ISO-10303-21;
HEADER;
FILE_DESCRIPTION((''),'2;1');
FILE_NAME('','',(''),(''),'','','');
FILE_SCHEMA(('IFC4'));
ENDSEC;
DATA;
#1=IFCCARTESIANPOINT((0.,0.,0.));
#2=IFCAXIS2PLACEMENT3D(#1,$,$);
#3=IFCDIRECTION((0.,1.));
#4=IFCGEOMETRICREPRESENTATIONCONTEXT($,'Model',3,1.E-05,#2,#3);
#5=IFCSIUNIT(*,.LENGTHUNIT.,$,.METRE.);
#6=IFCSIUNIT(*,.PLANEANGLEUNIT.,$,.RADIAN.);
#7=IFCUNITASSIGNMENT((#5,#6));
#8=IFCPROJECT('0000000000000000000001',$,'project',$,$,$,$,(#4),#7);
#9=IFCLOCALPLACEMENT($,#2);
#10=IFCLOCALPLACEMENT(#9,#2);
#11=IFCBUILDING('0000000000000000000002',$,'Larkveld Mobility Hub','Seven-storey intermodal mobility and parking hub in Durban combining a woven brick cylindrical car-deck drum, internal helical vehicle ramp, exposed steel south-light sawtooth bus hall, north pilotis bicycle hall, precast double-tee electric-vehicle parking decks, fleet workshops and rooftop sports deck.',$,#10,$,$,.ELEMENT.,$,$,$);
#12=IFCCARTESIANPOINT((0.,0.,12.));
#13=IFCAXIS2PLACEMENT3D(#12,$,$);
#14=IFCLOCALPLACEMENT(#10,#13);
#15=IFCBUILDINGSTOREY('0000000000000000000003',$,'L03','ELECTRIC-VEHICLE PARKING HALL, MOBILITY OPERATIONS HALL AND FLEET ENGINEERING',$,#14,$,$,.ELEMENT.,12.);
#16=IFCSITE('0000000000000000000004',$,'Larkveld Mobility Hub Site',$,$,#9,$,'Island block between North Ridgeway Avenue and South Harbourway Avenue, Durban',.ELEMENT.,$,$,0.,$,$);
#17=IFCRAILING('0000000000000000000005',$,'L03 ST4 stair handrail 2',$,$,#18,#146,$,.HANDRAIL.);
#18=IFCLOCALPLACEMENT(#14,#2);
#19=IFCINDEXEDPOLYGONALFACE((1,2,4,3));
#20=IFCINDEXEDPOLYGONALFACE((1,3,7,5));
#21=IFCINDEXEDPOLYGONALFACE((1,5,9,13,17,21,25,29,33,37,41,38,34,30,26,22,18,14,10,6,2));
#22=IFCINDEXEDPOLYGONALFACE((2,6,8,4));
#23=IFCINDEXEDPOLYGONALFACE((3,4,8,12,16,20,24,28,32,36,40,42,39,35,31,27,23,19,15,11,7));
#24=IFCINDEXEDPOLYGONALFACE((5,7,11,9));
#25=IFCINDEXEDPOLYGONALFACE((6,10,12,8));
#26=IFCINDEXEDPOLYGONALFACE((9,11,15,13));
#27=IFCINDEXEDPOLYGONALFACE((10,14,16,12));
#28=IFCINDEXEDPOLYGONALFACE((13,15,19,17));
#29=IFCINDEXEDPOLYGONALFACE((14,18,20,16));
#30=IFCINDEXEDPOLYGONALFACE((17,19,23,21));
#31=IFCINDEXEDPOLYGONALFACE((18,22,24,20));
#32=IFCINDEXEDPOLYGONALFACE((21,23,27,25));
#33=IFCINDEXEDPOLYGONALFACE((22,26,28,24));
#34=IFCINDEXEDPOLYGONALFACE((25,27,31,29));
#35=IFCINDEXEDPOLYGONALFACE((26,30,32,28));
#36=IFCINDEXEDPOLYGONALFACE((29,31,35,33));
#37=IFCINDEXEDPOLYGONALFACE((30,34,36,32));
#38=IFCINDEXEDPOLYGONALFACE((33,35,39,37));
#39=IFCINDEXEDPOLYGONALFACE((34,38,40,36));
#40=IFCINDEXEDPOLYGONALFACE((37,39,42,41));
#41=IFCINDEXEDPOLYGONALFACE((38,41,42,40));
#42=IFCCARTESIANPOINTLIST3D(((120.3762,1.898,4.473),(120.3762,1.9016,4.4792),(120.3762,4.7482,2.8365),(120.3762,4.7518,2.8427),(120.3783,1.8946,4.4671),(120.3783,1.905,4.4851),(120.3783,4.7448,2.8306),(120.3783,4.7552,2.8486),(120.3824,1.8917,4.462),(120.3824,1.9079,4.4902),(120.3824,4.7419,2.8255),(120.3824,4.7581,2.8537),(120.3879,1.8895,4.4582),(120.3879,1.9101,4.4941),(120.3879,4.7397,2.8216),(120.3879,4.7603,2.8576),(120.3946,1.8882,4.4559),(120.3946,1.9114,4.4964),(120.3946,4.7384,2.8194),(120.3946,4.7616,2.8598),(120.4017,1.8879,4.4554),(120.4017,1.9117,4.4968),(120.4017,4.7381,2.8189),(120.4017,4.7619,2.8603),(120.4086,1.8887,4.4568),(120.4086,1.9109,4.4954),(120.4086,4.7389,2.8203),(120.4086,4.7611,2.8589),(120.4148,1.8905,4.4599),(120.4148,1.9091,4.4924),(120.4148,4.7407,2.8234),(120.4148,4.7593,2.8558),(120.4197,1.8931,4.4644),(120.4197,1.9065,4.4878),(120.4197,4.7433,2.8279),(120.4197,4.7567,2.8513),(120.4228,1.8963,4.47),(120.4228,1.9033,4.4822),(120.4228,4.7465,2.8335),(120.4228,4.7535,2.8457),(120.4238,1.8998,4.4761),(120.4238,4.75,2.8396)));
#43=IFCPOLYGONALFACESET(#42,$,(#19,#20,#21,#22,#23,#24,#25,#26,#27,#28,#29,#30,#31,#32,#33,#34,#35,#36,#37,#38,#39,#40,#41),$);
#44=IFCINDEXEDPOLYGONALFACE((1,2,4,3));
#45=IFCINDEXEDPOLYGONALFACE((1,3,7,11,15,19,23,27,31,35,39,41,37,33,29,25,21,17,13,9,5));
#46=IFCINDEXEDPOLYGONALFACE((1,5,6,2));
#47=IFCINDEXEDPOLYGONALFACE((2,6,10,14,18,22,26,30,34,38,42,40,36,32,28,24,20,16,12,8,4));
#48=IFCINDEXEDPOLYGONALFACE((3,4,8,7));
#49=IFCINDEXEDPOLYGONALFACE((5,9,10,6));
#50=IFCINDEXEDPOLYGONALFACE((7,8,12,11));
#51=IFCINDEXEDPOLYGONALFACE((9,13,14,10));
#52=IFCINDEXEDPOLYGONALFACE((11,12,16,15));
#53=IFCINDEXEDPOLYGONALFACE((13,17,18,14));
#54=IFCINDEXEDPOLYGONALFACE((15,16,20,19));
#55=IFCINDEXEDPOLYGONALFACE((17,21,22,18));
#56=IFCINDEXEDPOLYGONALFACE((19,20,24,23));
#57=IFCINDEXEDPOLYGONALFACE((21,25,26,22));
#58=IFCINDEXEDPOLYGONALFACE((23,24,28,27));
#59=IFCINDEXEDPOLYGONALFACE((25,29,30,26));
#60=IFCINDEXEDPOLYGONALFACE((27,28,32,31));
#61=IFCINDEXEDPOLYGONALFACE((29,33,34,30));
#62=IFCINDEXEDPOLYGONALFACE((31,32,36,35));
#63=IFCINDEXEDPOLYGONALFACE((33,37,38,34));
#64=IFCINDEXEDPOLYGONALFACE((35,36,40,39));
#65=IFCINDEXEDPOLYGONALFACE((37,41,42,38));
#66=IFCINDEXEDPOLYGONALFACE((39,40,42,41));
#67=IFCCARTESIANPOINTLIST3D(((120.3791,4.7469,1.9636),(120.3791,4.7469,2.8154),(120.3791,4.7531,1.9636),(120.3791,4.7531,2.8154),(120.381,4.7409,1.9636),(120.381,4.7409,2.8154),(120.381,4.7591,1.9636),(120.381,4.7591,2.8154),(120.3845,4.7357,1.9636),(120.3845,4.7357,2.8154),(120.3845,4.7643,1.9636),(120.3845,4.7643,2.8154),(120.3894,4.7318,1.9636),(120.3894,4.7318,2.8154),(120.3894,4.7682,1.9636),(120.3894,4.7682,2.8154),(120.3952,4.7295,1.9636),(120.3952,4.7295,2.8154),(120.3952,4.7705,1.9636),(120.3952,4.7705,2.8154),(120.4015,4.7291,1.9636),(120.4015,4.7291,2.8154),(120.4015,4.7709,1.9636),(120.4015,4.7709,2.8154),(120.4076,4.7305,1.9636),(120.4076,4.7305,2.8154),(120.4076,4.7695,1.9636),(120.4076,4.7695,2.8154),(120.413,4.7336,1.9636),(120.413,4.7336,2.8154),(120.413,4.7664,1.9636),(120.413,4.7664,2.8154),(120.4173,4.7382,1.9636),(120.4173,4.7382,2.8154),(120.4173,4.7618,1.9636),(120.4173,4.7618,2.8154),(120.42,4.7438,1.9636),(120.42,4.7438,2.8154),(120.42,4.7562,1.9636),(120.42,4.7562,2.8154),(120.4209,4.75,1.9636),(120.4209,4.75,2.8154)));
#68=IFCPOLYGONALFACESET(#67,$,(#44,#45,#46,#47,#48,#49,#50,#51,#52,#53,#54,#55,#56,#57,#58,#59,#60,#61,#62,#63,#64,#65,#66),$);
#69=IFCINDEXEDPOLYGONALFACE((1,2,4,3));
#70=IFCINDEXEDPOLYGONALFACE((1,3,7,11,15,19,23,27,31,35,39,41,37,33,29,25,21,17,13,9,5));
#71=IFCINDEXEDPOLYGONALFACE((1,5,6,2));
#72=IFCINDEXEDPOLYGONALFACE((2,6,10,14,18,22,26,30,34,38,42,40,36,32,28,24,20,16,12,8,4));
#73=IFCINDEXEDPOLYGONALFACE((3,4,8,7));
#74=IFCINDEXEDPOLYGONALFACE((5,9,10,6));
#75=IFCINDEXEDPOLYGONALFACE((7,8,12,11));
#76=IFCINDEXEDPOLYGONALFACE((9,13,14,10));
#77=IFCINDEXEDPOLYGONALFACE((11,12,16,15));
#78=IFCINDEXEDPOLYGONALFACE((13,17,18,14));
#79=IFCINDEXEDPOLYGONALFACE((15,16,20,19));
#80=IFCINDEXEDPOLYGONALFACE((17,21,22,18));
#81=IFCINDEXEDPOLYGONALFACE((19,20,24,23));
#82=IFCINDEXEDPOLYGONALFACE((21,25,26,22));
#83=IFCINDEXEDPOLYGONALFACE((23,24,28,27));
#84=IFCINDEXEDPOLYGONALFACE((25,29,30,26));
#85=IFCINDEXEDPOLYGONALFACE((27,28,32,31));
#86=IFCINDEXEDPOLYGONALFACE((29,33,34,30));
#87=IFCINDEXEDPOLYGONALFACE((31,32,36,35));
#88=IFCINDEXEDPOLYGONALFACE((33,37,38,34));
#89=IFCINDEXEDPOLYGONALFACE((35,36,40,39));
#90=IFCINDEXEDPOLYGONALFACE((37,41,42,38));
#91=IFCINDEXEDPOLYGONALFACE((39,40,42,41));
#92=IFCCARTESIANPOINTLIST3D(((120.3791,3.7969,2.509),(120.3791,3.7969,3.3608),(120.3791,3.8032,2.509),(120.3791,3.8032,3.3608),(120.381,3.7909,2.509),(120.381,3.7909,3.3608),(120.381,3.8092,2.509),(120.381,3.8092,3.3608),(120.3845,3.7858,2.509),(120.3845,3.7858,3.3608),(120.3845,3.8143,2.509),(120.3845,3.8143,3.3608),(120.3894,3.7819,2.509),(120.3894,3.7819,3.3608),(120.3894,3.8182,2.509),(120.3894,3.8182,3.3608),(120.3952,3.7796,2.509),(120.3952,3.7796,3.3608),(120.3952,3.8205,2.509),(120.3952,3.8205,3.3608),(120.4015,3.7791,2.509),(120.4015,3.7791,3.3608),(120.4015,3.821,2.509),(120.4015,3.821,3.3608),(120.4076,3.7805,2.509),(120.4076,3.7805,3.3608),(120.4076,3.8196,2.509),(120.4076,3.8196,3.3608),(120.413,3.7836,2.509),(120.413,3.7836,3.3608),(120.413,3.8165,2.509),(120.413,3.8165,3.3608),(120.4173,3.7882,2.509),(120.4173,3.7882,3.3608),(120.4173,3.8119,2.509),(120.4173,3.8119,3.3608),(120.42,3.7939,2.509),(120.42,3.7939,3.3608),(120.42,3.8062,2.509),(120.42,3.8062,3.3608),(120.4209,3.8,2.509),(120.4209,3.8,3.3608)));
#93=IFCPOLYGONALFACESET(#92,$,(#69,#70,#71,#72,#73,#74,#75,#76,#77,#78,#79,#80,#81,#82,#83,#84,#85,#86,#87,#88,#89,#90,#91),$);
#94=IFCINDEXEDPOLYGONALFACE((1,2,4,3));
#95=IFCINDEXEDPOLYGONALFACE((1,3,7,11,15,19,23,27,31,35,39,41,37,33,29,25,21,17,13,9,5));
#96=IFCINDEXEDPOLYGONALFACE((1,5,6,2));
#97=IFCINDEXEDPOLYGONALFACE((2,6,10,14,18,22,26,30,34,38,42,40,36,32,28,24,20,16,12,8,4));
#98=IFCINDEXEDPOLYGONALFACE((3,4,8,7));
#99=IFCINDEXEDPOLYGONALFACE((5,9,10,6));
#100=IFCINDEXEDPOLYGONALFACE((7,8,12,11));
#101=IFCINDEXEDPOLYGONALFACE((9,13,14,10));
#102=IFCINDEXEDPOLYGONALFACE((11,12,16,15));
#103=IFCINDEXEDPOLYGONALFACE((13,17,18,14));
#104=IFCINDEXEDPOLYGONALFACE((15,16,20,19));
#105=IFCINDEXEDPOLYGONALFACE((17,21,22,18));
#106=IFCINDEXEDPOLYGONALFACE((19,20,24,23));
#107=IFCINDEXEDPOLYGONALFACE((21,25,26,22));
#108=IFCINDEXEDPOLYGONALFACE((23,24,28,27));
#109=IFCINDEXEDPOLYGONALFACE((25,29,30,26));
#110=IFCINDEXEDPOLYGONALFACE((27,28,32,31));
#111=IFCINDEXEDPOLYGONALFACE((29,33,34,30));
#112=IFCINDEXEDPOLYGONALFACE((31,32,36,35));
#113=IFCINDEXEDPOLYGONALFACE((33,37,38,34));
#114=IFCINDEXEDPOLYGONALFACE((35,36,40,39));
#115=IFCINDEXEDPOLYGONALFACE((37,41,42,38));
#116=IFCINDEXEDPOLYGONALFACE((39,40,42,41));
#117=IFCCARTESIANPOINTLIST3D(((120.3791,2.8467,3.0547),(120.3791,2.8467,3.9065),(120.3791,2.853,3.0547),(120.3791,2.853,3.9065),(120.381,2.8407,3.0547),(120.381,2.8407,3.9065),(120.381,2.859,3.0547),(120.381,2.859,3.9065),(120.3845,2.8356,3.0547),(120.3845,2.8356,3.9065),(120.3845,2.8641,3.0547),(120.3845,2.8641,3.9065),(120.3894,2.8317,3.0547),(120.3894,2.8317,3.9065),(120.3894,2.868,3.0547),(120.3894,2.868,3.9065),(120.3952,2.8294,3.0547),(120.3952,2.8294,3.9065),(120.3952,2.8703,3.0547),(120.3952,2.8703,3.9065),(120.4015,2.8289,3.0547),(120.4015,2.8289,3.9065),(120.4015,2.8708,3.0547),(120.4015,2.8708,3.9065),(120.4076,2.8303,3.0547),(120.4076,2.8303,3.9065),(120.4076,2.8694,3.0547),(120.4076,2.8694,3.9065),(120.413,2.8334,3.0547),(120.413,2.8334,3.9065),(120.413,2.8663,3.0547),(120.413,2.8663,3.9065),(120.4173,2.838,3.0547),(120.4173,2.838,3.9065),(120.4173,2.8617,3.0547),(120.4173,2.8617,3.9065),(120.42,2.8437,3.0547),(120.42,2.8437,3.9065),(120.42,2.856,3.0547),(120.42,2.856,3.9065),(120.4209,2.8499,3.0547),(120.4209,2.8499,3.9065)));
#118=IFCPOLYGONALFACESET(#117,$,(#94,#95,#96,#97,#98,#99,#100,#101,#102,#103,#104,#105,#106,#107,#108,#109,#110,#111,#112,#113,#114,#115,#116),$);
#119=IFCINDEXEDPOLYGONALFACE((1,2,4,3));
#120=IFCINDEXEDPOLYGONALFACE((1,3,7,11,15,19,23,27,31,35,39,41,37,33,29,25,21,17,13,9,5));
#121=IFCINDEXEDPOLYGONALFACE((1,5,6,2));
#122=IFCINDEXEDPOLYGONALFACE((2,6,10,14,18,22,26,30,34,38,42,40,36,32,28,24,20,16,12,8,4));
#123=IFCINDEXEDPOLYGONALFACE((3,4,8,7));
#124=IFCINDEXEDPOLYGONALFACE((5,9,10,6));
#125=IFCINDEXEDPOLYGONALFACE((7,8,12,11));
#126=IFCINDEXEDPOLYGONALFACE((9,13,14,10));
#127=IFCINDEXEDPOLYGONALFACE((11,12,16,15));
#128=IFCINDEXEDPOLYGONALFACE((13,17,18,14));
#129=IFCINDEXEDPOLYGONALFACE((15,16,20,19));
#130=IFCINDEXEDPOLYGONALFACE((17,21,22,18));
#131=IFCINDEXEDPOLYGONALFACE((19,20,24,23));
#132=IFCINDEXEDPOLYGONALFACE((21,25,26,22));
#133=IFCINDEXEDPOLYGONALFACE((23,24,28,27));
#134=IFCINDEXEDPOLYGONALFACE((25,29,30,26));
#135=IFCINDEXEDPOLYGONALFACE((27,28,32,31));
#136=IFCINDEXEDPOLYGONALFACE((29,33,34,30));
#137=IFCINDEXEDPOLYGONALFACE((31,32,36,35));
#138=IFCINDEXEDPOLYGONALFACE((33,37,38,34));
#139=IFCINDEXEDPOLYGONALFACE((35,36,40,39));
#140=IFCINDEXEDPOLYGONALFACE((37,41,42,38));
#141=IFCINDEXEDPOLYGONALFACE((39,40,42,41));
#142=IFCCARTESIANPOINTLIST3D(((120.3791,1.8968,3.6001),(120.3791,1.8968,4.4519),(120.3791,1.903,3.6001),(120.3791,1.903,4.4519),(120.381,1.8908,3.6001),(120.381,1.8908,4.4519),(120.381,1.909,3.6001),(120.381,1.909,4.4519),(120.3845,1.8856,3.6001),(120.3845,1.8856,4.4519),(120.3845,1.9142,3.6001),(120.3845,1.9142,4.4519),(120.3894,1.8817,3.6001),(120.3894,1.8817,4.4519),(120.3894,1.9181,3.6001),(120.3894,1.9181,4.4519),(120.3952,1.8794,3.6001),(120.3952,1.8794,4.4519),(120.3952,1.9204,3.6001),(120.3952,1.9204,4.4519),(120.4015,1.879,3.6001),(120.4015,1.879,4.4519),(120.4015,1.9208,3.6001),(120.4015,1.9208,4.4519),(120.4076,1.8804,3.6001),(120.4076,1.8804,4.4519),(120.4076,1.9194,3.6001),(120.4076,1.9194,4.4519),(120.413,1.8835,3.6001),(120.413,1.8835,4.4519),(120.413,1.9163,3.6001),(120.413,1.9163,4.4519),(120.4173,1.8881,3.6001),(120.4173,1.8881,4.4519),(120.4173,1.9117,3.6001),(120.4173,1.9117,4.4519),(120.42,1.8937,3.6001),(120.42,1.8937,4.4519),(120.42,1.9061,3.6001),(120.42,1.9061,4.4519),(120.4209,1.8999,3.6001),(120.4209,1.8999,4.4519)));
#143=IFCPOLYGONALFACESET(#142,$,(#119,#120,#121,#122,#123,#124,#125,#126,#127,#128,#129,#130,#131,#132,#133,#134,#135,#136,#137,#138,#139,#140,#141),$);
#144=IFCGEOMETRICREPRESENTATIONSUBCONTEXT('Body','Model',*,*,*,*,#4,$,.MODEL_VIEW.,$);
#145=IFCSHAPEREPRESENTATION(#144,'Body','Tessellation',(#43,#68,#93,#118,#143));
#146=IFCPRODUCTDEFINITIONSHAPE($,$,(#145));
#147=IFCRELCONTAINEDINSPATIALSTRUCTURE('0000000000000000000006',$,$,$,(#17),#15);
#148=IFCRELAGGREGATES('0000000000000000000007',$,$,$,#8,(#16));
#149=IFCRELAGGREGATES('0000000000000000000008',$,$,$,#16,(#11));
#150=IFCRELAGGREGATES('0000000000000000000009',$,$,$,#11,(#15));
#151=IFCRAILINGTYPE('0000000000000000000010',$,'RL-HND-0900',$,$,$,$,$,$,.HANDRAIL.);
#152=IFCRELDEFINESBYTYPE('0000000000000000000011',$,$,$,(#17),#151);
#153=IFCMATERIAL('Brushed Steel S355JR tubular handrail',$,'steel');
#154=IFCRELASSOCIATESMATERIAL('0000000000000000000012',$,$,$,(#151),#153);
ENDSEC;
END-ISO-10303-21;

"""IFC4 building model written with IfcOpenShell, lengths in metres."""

from ifc_helpers import new_model, si_unit, direction, frame, origin, origin_2d, place, context, subcontext, project, spatial, circle, extrude, material, type_object, element, save


model = new_model("IFC4")

# Units and contexts
model_context = context("Model", 3, precision=1e-05, world=origin(), true_north=direction((0.0, 1.0)))
body_context = subcontext(model_context, "Body", "Model", "MODEL_VIEW")
ifc_project = project(units=[si_unit("LENGTHUNIT", "METRE"), si_unit("PLANEANGLEUNIT", "RADIAN")], contexts=[model_context])

# Site, building, storey
site_placement = place(None, origin())
site = spatial("IfcSite", under=ifc_project, at=site_placement, Name="Larkveld Mobility Hub Site", LongName="Island block between North Ridgeway Avenue and South Harbourway Avenue, Durban", CompositionType="ELEMENT", RefElevation=0.0)
building_placement = place(site_placement, origin())
building = spatial("IfcBuilding", under=site, at=building_placement, Name="Larkveld Mobility Hub", Description="Seven-storey intermodal mobility and parking hub in Durban combining a woven brick cylindrical car-deck drum, internal helical vehicle ramp, exposed steel south-light sawtooth bus hall, north pilotis bicycle hall, precast double-tee electric-vehicle parking decks, fleet workshops and rooftop sports deck.", CompositionType="ELEMENT")
storey_placement = place(building_placement, frame((0.0, 0.0, 12.0)))
storey = spatial("IfcBuildingStorey", under=building, at=storey_placement, Name="L03", Description="ELECTRIC-VEHICLE PARKING HALL, MOBILITY OPERATIONS HALL AND FLEET ENGINEERING", CompositionType="ELEMENT", Elevation=12.0)

# Railing
ifc_material_1 = material(Name="Brushed Steel S355JR tubular handrail", Category="steel")
railing_type_1 = type_object("IfcRailingType", Name="RL-HND-0900", PredefinedType="HANDRAIL", material=ifc_material_1)
railing_1_placement = place(storey_placement, frame((120.3999, 4.75, 1.9636)))
element("IfcRailing", 1, at=railing_1_placement, inside=storey, type_object=railing_type_1, Name="L03 ST4 stair handrail 2", PredefinedType="HANDRAIL", context=body_context, shape_type="SweptSolid", body=[
    extrude(circle(Radius=0.0239, at=origin_2d()), frame((0.0, 0.0, 0.876), z_axis=(0.0, -0.867213, 0.497938), x_axis=(1.0, 0.0, 0.0)), (0.0, 0.0, 1.0), 3.2866),
    extrude(circle(Radius=0.021, at=origin_2d()), origin(), (0.0, 0.0, 1.0), 0.8518),
    extrude(circle(Radius=0.021, at=origin_2d()), frame((0.0, -0.95, 0.5454)), (0.0, 0.0, 1.0), 0.8518),
    extrude(circle(Radius=0.021, at=origin_2d()), frame((0.0, -1.9001, 1.0911)), (0.0, 0.0, 1.0), 0.8518),
    extrude(circle(Radius=0.021, at=origin_2d()), frame((0.0, -2.8501, 1.6365)), (0.0, 0.0, 1.0), 0.8518),
])

save(model, "model.ifc")
